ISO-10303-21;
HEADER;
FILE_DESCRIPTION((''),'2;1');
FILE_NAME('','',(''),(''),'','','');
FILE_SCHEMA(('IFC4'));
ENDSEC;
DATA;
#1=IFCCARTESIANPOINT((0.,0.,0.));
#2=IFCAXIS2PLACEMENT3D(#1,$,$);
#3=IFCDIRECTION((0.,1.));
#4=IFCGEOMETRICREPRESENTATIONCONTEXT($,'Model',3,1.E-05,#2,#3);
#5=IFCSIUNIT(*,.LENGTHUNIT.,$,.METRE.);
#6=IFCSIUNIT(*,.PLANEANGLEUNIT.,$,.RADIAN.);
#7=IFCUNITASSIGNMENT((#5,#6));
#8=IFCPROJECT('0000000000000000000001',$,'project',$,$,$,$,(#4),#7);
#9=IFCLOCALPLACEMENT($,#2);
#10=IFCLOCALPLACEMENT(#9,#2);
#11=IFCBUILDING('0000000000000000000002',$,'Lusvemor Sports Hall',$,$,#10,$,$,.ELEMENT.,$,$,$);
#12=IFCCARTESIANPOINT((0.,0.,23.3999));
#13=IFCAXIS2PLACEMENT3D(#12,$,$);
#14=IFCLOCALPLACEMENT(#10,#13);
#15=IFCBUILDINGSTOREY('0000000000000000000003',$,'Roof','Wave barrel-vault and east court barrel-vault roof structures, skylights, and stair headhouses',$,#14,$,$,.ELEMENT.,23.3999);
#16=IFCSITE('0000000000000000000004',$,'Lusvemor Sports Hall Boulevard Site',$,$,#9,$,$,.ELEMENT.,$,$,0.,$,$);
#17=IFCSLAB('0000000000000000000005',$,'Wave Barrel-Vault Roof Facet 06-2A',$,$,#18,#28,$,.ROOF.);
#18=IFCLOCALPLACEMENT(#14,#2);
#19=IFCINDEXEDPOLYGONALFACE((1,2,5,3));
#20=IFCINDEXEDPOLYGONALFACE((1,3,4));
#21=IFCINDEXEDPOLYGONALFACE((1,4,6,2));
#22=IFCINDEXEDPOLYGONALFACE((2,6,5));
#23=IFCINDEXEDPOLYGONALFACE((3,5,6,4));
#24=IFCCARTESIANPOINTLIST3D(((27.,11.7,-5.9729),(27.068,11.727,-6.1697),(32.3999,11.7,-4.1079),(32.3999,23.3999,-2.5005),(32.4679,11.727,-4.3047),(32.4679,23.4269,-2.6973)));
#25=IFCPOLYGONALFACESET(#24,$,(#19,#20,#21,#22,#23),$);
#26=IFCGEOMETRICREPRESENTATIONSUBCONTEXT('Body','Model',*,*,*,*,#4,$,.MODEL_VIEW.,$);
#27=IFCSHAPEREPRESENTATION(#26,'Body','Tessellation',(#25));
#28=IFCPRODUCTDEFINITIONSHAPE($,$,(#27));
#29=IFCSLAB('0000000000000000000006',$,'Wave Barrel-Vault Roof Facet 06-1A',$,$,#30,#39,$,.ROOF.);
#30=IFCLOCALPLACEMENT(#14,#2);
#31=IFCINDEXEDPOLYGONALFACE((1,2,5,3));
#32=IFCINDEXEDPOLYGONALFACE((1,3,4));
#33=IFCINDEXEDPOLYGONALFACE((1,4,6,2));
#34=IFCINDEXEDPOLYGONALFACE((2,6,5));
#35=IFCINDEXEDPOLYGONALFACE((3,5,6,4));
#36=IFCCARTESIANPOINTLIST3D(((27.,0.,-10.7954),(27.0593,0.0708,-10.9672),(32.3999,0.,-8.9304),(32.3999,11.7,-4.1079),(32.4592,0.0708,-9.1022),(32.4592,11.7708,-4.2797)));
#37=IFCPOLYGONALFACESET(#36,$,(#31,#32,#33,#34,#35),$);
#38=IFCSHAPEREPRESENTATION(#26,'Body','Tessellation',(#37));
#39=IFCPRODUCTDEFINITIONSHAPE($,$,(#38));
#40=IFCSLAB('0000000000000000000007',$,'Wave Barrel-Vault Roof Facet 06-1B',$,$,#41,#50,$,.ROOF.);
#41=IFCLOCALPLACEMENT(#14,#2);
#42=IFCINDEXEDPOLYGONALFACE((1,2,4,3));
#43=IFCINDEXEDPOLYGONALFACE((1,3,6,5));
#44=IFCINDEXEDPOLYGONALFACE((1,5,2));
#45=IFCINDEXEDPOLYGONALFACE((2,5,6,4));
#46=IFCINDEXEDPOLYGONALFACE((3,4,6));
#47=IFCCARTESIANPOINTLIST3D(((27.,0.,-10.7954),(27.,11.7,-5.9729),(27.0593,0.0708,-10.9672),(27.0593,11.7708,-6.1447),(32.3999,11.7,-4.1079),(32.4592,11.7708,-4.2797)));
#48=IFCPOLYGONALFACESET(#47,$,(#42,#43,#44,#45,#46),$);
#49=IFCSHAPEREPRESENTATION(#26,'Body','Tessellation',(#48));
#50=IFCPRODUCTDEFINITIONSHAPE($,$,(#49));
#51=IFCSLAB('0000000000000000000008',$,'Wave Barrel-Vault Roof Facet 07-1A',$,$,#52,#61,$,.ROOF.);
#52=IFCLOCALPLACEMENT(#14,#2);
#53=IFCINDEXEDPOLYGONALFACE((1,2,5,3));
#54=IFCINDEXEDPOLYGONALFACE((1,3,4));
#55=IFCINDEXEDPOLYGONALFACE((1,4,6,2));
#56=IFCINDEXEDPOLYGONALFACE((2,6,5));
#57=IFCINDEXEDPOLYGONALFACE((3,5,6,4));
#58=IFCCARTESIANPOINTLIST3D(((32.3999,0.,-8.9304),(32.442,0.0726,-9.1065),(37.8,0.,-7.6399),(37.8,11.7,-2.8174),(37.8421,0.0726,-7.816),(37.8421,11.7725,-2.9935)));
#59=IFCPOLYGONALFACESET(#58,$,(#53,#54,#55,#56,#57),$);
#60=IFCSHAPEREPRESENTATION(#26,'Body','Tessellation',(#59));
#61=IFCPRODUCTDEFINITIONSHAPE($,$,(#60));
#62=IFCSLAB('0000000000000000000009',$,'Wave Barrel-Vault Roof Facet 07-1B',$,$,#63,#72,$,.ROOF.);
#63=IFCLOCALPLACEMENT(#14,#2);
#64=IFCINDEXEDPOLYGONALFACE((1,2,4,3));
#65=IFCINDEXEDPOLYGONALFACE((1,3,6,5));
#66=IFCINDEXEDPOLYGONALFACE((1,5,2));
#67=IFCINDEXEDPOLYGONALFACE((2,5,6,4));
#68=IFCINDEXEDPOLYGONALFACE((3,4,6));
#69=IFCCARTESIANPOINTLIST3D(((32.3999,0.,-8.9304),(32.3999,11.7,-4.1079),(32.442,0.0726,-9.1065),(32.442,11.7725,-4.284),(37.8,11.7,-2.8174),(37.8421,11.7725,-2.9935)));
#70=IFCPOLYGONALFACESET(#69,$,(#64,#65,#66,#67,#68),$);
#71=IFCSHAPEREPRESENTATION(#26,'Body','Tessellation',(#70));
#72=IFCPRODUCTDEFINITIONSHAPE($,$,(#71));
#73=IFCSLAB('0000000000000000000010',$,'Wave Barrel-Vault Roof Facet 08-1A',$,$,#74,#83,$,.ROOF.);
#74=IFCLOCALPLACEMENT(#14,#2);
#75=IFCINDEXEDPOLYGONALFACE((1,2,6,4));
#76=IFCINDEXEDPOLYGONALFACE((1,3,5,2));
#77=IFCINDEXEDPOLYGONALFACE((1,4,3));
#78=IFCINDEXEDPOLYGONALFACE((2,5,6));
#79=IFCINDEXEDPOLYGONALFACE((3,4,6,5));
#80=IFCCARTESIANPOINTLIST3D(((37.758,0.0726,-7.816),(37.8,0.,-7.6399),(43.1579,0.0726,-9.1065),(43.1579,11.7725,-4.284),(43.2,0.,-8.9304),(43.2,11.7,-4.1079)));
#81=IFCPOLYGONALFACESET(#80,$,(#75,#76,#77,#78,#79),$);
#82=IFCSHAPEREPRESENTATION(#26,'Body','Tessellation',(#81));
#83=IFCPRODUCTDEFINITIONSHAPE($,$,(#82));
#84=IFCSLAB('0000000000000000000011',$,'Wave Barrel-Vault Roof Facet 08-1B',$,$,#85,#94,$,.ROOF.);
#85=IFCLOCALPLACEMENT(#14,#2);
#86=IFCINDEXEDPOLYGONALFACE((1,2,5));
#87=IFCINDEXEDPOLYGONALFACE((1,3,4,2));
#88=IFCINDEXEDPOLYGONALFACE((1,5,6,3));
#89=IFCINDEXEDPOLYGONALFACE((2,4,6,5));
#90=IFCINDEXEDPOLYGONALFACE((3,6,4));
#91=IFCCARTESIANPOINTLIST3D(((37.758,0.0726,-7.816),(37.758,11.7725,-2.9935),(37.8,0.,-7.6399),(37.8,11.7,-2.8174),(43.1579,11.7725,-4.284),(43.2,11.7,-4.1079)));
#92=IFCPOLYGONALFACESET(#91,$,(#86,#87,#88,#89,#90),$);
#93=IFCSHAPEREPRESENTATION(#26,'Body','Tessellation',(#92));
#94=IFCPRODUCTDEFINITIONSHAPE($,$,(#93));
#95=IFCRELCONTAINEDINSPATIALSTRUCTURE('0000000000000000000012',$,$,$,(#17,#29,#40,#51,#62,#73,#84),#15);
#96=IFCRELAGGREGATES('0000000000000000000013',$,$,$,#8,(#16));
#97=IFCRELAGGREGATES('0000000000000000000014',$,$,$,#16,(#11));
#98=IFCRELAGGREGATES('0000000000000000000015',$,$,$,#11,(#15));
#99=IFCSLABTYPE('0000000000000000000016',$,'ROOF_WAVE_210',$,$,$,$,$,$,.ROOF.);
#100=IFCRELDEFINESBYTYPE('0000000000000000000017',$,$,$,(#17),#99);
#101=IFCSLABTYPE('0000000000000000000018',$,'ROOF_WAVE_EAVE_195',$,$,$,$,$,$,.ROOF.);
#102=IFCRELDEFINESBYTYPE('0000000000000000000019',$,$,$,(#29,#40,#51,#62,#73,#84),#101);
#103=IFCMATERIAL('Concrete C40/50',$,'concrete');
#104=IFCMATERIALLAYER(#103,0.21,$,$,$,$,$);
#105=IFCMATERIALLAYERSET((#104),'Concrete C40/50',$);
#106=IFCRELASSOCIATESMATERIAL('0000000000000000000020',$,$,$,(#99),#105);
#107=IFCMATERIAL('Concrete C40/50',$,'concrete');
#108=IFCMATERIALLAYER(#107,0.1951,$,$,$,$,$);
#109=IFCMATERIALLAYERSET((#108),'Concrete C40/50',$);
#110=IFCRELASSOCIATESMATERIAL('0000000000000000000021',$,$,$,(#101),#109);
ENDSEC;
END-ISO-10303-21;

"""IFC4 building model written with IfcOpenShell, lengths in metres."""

from ifc_helpers import new_model, si_unit, direction, frame, origin, place, context, subcontext, project, spatial, polyline, outline, extrude, material, layer, layer_set, type_object, element, save


model = new_model("IFC4")

# Units and contexts
model_context = context("Model", 3, precision=1e-05, world=origin(), true_north=direction((0.0, 1.0)))
body_context = subcontext(model_context, "Body", "Model", "MODEL_VIEW")
ifc_project = project(units=[si_unit("LENGTHUNIT", "METRE"), si_unit("PLANEANGLEUNIT", "RADIAN")], contexts=[model_context])

# Site, building, storey
site_placement = place(None, origin())
site = spatial("IfcSite", under=ifc_project, at=site_placement, Name="Lusvemor Sports Hall Boulevard Site", CompositionType="ELEMENT", RefElevation=0.0)
building_placement = place(site_placement, origin())
building = spatial("IfcBuilding", under=site, at=building_placement, Name="Lusvemor Sports Hall", CompositionType="ELEMENT")
storey_placement = place(building_placement, frame((0.0, 0.0, 23.3999)))
storey = spatial("IfcBuildingStorey", under=building, at=storey_placement, Name="Roof", Description="Wave barrel-vault and east court barrel-vault roof structures, skylights, and stair headhouses", CompositionType="ELEMENT", Elevation=23.3999)

# Slabs
ifc_material_1 = material(Name="Concrete C40/50", Category="concrete")
ifc_layer_1 = layer(ifc_material_1, 0.21)
ifc_layer_set_1 = layer_set([ifc_layer_1], Name="Concrete C40/50")
slab_type_1 = type_object("IfcSlabType", Name="ROOF_WAVE_210", PredefinedType="ROOF", material=ifc_layer_set_1)
slab_1_placement = place(storey_placement, frame((27.0, 11.7, -5.9729), z_axis=(-0.323735, -0.128779, 0.937343), x_axis=(0.945213, 0.0, 0.326453)))
element("IfcSlab", 1, at=slab_1_placement, inside=storey, type_object=slab_type_1, Name="Wave Barrel-Vault Roof Facet 06-2A", PredefinedType="ROOF", context=body_context, shape_type="SweptSolid", body=[
    extrude(outline(polyline([(0.0, 0.0), (5.7129, 0.0), (6.2376, 11.7982), (0.0, 0.0)])), origin(), (0.0, 0.0, -1.0), 0.21),
])
ifc_material_2 = material(Name="Concrete C40/50", Category="concrete")
ifc_layer_2 = layer(ifc_material_2, 0.1951)
ifc_layer_set_2 = layer_set([ifc_layer_2], Name="Concrete C40/50")
slab_type_2 = type_object("IfcSlabType", Name="ROOF_WAVE_EAVE_195", PredefinedType="ROOF", material=ifc_layer_set_2)
slab_2_placement = place(storey_placement, frame((27.0, 0.0, -10.7954), z_axis=(-0.304183, -0.363022, 0.880732), x_axis=(0.945213, 0.0, 0.326453)))
element("IfcSlab", 2, at=slab_2_placement, inside=storey, type_object=slab_type_2, Name="Wave Barrel-Vault Roof Facet 06-1A", PredefinedType="ROOF", context=body_context, shape_type="SweptSolid", body=[
    extrude(outline(polyline([(0.0, 0.0), (5.7129, 0.0), (7.2872, 12.5566), (0.0, 0.0)])), origin(), (0.0, 0.0, -1.0), 0.1951),
])
slab_3_placement = place(storey_placement, frame((27.0, 0.0, -10.7954), z_axis=(-0.304183, -0.363022, 0.880732), x_axis=(0.371947, 0.805896, 0.460637)))
element("IfcSlab", 3, at=slab_3_placement, inside=storey, type_object=slab_type_2, Name="Wave Barrel-Vault Roof Facet 06-1B", PredefinedType="ROOF", context=body_context, shape_type="SweptSolid", body=[
    extrude(outline(polyline([(0.0, 0.0), (14.5179, 0.0), (11.6504, 4.9411), (0.0, 0.0)])), origin(), (0.0, 0.0, -1.0), 0.1951),
])
slab_4_placement = place(storey_placement, frame((32.3999, 0.0, -8.9304), z_axis=(-0.215744, -0.372105, 0.902769), x_axis=(0.972612, 0.0, 0.232435)))
element("IfcSlab", 4, at=slab_4_placement, inside=storey, type_object=slab_type_2, Name="Wave Barrel-Vault Roof Facet 07-1A", PredefinedType="ROOF", context=body_context, shape_type="SweptSolid", body=[
    extrude(outline(polyline([(0.0, 0.0), (5.5522, 0.0), (6.6731, 12.6051), (0.0, 0.0)])), origin(), (0.0, 0.0, -1.0), 0.1951),
])
slab_5_placement = place(storey_placement, frame((32.3999, 0.0, -8.9304), z_axis=(-0.215744, -0.372105, 0.902769), x_axis=(0.378625, 0.820328, 0.428608)))
element("IfcSlab", 5, at=slab_5_placement, inside=storey, type_object=slab_type_2, Name="Wave Barrel-Vault Roof Facet 07-1B", PredefinedType="ROOF", context=body_context, shape_type="SweptSolid", body=[
    extrude(outline(polyline([(0.0, 0.0), (14.2625, 0.0), (11.6648, 4.907), (0.0, 0.0)])), origin(), (0.0, 0.0, -1.0), 0.1951),
])
slab_6_placement = place(storey_placement, frame((37.8, 0.0, -7.6399), z_axis=(0.215753, -0.372104, 0.902767), x_axis=(0.97261, 0.0, -0.232445)))
element("IfcSlab", 6, at=slab_6_placement, inside=storey, type_object=slab_type_2, Name="Wave Barrel-Vault Roof Facet 08-1A", PredefinedType="ROOF", context=body_context, shape_type="SweptSolid", body=[
    extrude(outline(polyline([(0.0, 0.0), (5.552, 0.0), (4.431, 12.6051), (0.0, 0.0)])), origin(), (0.0, 0.0, -1.0), 0.1951),
])
slab_7_placement = place(storey_placement, frame((37.8, 0.0, -7.6399), z_axis=(0.215753, -0.372104, 0.902767), x_axis=(0.404147, 0.875664, 0.264345)))
element("IfcSlab", 7, at=slab_7_placement, inside=storey, type_object=slab_type_2, Name="Wave Barrel-Vault Roof Facet 08-1B", PredefinedType="ROOF", context=body_context, shape_type="SweptSolid", body=[
    extrude(outline(polyline([(0.0, 0.0), (13.3612, 0.0), (11.52, 5.2378), (0.0, 0.0)])), origin(), (0.0, 0.0, -1.0), 0.1951),
])

save(model, "model.ifc")
